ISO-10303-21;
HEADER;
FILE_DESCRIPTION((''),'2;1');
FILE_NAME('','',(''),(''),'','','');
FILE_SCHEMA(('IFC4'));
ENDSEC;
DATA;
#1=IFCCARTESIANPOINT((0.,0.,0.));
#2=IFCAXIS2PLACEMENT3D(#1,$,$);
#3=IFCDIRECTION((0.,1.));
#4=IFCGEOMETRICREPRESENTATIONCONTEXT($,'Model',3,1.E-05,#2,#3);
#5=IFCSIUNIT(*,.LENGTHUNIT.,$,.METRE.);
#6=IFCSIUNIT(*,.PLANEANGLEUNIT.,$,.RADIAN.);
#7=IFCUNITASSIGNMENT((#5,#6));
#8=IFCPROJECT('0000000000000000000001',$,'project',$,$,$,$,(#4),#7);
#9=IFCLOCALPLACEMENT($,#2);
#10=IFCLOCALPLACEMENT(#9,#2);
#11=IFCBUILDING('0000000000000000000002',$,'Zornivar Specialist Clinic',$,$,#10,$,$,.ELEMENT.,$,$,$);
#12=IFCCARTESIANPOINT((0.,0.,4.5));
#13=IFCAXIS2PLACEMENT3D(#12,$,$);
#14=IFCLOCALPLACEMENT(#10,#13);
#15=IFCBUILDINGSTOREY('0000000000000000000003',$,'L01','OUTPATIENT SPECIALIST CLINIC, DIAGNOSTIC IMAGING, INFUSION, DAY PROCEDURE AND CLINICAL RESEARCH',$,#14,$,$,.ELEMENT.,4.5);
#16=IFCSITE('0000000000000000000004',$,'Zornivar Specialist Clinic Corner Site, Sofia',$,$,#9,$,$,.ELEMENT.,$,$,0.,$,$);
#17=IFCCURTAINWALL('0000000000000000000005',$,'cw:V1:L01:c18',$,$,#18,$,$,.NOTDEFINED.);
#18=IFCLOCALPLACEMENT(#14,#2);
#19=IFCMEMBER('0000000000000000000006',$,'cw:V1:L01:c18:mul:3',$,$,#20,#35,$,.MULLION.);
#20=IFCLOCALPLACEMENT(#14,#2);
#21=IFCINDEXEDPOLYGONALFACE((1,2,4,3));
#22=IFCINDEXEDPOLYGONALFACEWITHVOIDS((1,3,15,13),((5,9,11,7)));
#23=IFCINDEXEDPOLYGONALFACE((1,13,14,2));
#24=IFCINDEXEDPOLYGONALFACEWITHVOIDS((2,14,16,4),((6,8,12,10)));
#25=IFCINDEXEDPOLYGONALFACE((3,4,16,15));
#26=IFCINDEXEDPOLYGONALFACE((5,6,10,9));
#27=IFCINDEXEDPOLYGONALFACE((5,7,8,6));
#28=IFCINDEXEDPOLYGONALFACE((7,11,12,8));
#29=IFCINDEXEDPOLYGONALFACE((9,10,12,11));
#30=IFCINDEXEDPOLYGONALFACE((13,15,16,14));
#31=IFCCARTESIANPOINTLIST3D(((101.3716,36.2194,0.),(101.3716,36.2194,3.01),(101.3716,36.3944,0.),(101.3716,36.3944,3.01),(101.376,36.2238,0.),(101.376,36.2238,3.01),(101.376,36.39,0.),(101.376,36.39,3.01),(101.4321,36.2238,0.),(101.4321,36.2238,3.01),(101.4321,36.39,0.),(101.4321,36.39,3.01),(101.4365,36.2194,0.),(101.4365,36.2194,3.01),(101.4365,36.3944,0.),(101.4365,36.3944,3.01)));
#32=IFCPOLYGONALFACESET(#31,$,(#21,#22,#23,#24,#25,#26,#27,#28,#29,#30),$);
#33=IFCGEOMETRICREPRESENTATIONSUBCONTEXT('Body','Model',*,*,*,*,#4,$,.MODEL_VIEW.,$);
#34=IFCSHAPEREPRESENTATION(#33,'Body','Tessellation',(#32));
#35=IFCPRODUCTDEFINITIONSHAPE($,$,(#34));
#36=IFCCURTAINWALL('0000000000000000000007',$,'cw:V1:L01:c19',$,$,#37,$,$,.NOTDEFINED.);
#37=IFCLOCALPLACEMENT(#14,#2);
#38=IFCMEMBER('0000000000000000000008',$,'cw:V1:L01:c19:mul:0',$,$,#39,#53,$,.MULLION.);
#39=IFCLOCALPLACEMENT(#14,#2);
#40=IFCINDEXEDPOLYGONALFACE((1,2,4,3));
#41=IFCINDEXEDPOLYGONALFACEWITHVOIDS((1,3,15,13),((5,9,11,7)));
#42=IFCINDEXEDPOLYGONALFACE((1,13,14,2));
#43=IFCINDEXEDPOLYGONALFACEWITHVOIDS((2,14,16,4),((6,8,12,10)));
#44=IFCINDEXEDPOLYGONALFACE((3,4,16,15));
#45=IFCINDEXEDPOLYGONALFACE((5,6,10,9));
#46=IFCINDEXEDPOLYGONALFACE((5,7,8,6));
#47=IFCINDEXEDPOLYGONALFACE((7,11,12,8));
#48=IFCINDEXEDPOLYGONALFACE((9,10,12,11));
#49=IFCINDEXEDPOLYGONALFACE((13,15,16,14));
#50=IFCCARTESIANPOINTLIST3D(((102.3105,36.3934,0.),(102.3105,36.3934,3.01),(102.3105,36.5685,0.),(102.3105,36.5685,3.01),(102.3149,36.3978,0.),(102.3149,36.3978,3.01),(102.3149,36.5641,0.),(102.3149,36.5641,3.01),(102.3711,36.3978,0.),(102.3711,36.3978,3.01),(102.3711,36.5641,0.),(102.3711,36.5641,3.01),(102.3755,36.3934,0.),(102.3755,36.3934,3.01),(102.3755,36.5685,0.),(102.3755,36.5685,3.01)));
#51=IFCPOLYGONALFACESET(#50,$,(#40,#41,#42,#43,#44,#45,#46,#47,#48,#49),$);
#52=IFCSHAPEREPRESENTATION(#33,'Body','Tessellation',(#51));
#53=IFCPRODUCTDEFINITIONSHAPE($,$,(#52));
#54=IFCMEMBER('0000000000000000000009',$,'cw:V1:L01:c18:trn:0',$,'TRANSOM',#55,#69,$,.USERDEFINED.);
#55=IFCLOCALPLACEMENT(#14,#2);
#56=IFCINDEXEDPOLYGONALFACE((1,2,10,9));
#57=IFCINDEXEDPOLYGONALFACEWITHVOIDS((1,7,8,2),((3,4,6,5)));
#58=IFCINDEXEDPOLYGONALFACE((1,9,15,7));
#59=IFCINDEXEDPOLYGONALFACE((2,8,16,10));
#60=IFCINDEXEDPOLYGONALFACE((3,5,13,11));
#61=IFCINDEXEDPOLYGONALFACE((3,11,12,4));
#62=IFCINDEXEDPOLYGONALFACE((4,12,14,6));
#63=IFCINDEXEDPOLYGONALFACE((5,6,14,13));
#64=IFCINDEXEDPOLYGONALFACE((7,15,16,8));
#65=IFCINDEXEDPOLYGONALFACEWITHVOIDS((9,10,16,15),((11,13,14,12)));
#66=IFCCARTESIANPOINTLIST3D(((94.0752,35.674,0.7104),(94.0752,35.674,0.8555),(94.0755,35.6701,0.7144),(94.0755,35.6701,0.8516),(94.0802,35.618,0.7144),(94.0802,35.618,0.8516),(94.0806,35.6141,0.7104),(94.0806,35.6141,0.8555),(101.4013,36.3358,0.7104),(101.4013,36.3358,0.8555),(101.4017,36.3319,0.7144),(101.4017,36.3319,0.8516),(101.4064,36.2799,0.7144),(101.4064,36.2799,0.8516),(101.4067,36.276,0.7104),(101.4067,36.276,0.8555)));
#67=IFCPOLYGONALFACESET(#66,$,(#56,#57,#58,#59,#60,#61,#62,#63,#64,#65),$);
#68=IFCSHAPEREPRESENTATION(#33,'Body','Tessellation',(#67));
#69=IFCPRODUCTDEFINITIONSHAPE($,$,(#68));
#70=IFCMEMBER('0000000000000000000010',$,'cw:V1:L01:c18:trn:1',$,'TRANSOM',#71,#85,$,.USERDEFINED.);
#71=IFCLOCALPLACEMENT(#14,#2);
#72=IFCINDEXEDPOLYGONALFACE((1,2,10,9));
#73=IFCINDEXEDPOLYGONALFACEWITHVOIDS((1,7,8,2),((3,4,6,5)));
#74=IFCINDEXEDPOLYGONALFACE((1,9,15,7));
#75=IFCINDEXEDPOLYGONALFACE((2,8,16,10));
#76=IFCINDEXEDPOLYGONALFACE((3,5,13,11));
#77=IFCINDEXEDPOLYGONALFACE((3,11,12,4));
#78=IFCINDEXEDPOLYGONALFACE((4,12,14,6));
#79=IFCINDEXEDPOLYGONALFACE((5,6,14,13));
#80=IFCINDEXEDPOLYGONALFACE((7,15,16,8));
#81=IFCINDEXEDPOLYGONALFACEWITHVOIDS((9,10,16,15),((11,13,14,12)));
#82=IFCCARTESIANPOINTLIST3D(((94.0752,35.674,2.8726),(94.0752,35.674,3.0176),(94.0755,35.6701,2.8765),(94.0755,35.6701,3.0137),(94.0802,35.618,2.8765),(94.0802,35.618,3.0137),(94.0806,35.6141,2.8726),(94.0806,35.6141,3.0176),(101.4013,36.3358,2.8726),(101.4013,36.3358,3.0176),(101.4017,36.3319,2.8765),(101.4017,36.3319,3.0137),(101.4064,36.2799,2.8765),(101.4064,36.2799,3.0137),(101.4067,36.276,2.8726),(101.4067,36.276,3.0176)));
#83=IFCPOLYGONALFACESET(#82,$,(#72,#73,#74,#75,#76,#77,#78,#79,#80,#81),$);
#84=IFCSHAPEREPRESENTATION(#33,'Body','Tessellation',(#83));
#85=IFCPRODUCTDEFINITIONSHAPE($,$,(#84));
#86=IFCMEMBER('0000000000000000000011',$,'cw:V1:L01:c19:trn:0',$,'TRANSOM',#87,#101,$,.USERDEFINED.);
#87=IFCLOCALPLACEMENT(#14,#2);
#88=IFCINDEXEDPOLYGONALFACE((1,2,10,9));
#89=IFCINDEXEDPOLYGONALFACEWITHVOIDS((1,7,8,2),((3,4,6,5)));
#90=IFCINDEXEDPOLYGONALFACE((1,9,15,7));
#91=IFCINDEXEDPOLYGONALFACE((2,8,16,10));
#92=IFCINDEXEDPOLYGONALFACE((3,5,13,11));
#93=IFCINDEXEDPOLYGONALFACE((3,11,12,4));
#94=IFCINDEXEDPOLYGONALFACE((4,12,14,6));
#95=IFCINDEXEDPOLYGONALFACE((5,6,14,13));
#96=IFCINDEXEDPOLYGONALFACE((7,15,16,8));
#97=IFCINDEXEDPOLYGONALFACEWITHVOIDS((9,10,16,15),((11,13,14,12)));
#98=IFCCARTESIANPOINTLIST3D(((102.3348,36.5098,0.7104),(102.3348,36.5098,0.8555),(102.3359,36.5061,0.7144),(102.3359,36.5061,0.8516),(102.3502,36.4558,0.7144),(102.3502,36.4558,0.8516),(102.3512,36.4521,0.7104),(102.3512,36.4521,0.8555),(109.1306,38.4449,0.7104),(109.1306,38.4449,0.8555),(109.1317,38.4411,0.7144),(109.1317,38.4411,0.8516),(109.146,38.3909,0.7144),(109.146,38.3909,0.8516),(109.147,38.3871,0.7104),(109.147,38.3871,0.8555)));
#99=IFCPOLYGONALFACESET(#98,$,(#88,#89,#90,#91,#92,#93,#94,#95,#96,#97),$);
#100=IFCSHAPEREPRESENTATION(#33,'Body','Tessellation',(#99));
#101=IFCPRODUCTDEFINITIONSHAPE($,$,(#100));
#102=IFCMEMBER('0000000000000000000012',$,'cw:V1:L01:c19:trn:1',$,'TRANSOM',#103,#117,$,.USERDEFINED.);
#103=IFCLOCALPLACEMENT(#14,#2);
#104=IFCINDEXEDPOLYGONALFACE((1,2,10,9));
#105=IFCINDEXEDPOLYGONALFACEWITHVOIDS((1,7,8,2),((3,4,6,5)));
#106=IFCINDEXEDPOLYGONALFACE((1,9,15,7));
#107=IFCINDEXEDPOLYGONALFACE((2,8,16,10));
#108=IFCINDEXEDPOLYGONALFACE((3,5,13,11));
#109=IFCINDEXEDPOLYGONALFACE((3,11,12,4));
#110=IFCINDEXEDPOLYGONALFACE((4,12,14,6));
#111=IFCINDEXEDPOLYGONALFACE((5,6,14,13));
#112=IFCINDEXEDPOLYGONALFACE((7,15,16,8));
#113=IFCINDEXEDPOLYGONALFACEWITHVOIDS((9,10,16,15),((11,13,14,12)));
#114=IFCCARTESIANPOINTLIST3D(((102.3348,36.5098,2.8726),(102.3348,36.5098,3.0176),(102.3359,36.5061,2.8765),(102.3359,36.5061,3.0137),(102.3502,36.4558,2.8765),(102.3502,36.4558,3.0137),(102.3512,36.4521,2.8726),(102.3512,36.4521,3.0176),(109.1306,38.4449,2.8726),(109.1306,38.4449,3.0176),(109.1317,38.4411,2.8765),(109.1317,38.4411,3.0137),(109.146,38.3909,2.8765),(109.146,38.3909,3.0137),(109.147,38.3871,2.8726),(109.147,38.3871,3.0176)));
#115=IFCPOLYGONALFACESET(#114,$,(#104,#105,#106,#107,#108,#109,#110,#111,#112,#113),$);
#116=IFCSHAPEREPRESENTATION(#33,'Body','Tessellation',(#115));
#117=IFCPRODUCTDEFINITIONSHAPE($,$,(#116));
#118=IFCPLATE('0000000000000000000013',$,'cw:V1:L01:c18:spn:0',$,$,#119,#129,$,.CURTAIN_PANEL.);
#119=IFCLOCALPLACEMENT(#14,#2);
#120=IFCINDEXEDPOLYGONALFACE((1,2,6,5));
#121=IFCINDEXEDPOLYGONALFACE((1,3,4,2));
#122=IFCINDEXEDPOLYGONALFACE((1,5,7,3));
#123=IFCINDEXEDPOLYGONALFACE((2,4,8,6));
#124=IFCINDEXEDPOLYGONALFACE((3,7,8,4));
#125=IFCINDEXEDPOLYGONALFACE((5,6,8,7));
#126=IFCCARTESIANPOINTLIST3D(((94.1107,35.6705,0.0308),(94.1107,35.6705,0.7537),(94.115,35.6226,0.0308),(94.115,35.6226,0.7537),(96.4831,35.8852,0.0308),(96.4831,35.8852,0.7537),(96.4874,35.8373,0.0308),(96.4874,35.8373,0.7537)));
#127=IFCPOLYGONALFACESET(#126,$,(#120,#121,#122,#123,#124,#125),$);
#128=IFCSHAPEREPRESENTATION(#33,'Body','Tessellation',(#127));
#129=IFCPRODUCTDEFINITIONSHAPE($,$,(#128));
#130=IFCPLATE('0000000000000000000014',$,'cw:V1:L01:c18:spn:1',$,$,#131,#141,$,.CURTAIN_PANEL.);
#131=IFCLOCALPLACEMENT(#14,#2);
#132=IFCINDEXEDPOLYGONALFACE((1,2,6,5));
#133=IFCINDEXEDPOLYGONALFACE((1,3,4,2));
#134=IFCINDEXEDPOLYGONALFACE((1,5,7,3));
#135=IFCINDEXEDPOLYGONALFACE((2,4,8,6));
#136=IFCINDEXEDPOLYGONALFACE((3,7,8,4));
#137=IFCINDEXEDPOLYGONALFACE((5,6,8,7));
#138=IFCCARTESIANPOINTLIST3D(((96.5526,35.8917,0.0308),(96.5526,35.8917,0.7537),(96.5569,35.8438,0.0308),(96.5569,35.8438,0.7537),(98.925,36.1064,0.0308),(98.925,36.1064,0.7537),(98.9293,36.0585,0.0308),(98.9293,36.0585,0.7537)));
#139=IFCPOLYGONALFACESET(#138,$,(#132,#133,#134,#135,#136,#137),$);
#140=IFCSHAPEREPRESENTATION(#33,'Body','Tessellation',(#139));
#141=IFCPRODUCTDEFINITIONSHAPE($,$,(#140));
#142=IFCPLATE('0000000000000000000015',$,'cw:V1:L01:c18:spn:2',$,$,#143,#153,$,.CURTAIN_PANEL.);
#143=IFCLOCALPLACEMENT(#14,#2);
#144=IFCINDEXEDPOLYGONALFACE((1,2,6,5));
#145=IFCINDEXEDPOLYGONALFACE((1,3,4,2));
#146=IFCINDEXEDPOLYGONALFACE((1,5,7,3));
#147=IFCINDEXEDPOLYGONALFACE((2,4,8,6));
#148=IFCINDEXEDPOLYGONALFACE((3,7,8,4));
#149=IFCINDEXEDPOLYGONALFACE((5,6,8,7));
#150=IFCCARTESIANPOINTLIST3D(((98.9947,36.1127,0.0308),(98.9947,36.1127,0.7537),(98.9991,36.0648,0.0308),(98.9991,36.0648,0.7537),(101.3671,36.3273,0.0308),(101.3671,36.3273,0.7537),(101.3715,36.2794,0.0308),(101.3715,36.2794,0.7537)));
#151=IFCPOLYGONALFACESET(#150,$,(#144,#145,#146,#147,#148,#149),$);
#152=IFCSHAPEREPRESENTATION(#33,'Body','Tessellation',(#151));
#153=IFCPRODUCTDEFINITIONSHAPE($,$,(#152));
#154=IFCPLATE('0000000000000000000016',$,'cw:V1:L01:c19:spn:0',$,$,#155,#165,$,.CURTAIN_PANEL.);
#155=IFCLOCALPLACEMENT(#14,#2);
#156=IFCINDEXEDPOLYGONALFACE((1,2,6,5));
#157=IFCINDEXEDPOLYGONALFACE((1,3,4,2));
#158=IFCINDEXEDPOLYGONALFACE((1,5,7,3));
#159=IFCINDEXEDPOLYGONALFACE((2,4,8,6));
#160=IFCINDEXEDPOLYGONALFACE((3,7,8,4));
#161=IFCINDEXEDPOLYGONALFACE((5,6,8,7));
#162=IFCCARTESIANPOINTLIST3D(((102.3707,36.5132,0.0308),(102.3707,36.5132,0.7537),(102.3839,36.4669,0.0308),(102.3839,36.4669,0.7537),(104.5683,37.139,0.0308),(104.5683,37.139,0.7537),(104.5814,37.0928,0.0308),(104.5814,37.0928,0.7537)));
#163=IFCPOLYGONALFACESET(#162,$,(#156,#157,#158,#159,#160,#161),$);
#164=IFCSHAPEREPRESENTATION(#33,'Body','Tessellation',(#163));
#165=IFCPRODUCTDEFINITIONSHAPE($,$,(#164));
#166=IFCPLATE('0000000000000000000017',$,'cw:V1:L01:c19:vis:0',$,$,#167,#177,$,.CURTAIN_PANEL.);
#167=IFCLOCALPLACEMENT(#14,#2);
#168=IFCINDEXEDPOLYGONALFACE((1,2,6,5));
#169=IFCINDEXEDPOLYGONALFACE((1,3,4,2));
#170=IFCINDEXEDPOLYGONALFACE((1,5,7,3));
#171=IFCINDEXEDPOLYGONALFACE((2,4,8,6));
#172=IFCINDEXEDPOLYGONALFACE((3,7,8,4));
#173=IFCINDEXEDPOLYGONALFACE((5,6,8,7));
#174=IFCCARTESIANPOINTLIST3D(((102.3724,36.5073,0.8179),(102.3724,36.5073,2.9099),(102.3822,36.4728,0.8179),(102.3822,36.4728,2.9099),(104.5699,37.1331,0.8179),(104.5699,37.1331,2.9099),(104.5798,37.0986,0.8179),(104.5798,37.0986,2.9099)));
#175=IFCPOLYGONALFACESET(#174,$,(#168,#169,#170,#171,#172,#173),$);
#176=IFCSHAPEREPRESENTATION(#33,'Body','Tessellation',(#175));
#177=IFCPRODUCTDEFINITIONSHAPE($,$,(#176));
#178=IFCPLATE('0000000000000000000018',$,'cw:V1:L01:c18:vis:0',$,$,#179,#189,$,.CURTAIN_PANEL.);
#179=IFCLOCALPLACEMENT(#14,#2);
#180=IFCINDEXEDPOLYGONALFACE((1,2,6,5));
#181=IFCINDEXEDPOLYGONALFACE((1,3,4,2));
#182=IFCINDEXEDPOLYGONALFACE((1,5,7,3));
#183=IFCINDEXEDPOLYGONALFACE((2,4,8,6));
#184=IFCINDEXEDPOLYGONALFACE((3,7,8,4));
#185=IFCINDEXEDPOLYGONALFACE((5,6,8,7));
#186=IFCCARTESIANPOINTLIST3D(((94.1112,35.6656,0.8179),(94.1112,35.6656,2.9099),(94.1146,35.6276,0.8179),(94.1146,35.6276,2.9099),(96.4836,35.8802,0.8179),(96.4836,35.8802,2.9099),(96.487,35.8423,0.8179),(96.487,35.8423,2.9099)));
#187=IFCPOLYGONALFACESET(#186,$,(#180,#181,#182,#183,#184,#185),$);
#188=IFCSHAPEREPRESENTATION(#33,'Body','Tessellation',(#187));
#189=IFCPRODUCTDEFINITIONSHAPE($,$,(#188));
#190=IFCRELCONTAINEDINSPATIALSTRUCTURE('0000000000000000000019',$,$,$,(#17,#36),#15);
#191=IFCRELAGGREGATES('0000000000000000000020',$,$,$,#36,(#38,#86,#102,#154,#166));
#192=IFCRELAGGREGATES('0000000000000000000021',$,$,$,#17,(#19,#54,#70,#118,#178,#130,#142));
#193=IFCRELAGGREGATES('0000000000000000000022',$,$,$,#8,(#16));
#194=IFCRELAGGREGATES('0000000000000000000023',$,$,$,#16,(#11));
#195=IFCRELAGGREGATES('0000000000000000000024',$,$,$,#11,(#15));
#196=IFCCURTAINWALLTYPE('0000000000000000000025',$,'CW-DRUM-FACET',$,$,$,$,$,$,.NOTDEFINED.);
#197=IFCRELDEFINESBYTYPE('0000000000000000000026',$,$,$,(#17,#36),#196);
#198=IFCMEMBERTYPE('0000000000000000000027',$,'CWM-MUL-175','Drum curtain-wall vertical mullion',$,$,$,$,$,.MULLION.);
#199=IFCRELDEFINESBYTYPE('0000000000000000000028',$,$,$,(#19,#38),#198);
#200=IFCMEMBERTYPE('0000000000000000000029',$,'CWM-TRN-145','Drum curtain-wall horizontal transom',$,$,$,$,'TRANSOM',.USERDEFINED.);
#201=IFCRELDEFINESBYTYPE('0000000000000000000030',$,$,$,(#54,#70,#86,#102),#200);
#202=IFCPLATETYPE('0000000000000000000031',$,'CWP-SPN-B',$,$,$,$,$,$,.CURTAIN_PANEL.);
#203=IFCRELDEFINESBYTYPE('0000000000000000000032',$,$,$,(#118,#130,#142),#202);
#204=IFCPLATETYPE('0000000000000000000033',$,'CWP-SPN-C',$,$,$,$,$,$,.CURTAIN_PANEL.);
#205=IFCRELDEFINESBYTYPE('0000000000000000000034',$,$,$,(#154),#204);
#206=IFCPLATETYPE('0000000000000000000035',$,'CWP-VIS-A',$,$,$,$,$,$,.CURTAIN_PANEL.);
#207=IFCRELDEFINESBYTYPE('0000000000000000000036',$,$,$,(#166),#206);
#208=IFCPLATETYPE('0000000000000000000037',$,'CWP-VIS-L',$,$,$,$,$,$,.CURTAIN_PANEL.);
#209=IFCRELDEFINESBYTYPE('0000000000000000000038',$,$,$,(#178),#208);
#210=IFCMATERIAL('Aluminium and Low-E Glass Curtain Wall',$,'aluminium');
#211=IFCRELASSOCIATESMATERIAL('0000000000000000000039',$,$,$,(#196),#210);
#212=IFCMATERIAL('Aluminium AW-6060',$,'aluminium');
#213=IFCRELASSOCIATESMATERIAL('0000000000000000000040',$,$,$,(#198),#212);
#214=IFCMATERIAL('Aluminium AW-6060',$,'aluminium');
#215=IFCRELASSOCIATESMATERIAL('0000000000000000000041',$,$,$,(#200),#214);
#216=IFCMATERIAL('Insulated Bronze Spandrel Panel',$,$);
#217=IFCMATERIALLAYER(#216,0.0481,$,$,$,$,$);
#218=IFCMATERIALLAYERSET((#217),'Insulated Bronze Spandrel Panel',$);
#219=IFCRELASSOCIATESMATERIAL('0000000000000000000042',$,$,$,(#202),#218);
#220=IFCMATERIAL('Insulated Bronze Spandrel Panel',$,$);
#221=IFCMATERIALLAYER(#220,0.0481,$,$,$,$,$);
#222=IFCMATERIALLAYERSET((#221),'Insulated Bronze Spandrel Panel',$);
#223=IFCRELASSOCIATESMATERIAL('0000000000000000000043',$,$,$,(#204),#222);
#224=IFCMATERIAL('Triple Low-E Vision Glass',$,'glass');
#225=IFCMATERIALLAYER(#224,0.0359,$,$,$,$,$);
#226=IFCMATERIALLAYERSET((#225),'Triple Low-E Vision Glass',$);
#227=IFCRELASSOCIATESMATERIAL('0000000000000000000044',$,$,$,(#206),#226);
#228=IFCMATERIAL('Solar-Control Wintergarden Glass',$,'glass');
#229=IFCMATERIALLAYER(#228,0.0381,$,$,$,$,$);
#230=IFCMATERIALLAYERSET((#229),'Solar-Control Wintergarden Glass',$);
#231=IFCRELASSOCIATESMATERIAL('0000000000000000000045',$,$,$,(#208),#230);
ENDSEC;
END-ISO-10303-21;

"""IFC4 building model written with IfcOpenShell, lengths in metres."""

from ifc_helpers import new_model, si_unit, direction, frame, origin, origin_2d, place, context, subcontext, project, spatial, rectangle, hollow_rectangle, extrude, material, layer, layer_set, material_profile, profile_set, type_object, element, aggregate, save


model = new_model("IFC4")

# Units and contexts
model_context = context("Model", 3, precision=1e-05, world=origin(), true_north=direction((0.0, 1.0)))
body_context = subcontext(model_context, "Body", "Model", "MODEL_VIEW")
ifc_project = project(units=[si_unit("LENGTHUNIT", "METRE"), si_unit("PLANEANGLEUNIT", "RADIAN")], contexts=[model_context])

# Site, building, storey
site_placement = place(None, origin())
site = spatial("IfcSite", under=ifc_project, at=site_placement, Name="Zornivar Specialist Clinic Corner Site, Sofia", CompositionType="ELEMENT", RefElevation=0.0)
building_placement = place(site_placement, origin())
building = spatial("IfcBuilding", under=site, at=building_placement, Name="Zornivar Specialist Clinic", CompositionType="ELEMENT")
storey_placement = place(building_placement, frame((0.0, 0.0, 4.5)))
storey = spatial("IfcBuildingStorey", under=building, at=storey_placement, Name="L01", Description="OUTPATIENT SPECIALIST CLINIC, DIAGNOSTIC IMAGING, INFUSION, DAY PROCEDURE AND CLINICAL RESEARCH", CompositionType="ELEMENT", Elevation=4.5)

# Curtain wall, member
ifc_material_1 = material(Name="Aluminium and Low-E Glass Curtain Wall", Category="aluminium")
curtain_wall_type = type_object("IfcCurtainWallType", Name="CW-DRUM-FACET", PredefinedType="NOTDEFINED", material=ifc_material_1)
curtain_wall_1_placement = place(storey_placement, origin())
curtain_wall_1 = element("IfcCurtainWall", 1, at=curtain_wall_1_placement, inside=storey, type_object=curtain_wall_type, Name="cw:V1:L01:c18", PredefinedType="NOTDEFINED")
ifc_material_2 = material(Name="Aluminium AW-6060", Category="aluminium")
ifc_material_profile_1 = material_profile(ifc_material_2, hollow_rectangle(XDim=0.0649, YDim=0.175, WallThickness=0.0044, at=origin_2d()), Name="ALU 65x175x4.5")
ifc_profile_set_1 = profile_set([ifc_material_profile_1], Name="Aluminium AW-6060")
member_type_1 = type_object("IfcMemberType", Name="CWM-MUL-175", Description="Drum curtain-wall vertical mullion", PredefinedType="MULLION", material=ifc_profile_set_1)
member_1_placement = place(storey_placement, frame((101.4041, 36.3069, 0.0), z_axis=(0.0, 0.0, 1.0), x_axis=(1.0, 0.0, 0.0)))
member_1 = element("IfcMember", 2, at=member_1_placement, type_object=member_type_1, Name="cw:V1:L01:c18:mul:3", PredefinedType="MULLION", context=body_context, shape_type="SweptSolid", body=[
    extrude(hollow_rectangle(XDim=0.0649, YDim=0.175, WallThickness=0.0044, at=origin_2d()), origin(), (0.0, 0.0, 1.0), 3.01),
])

# Curtain wall, member
curtain_wall_2_placement = place(storey_placement, origin())
curtain_wall_2 = element("IfcCurtainWall", 3, at=curtain_wall_2_placement, inside=storey, type_object=curtain_wall_type, Name="cw:V1:L01:c19", PredefinedType="NOTDEFINED")
member_2_placement = place(storey_placement, frame((102.343, 36.481, 0.0), z_axis=(0.0, 0.0, 1.0), x_axis=(1.0, 0.0, 0.0)))
member_2 = element("IfcMember", 4, at=member_2_placement, type_object=member_type_1, Name="cw:V1:L01:c19:mul:0", PredefinedType="MULLION", context=body_context, shape_type="SweptSolid", body=[
    extrude(hollow_rectangle(XDim=0.0649, YDim=0.175, WallThickness=0.0044, at=origin_2d()), origin(), (0.0, 0.0, 1.0), 3.01),
])

# Members
ifc_material_3 = material(Name="Aluminium AW-6060", Category="aluminium")
ifc_material_profile_2 = material_profile(ifc_material_3, hollow_rectangle(XDim=0.0601, YDim=0.145, WallThickness=0.0039, at=origin_2d()), Name="ALU 60x145x4")
ifc_profile_set_2 = profile_set([ifc_material_profile_2], Name="Aluminium AW-6060")
member_type_2 = type_object("IfcMemberType", Name="CWM-TRN-145", Description="Drum curtain-wall horizontal transom", ElementType="TRANSOM", PredefinedType="USERDEFINED", material=ifc_profile_set_2)
member_3_placement = place(storey_placement, frame((94.0779, 35.644, 0.783), z_axis=(0.995944, 0.089976, 0.0), x_axis=(-0.089976, 0.995944, 0.0)))
member_3 = element("IfcMember", 5, at=member_3_placement, type_object=member_type_2, Name="cw:V1:L01:c18:trn:0", ObjectType="TRANSOM", PredefinedType="USERDEFINED", context=body_context, shape_type="SweptSolid", body=[
    extrude(hollow_rectangle(XDim=0.0601, YDim=0.145, WallThickness=0.0039, at=origin_2d()), origin(), (0.0, 0.0, 1.0), 7.356),
])
member_4_placement = place(storey_placement, frame((94.0779, 35.644, 2.9451), z_axis=(0.995944, 0.089976, 0.0), x_axis=(-0.089976, 0.995944, 0.0)))
member_4 = element("IfcMember", 6, at=member_4_placement, type_object=member_type_2, Name="cw:V1:L01:c18:trn:1", ObjectType="TRANSOM", PredefinedType="USERDEFINED", context=body_context, shape_type="SweptSolid", body=[
    extrude(hollow_rectangle(XDim=0.0601, YDim=0.145, WallThickness=0.0039, at=origin_2d()), origin(), (0.0, 0.0, 1.0), 7.356),
])
member_5_placement = place(storey_placement, frame((102.343, 36.481, 0.783), z_axis=(0.961771, 0.273854, 0.0), x_axis=(-0.273854, 0.961771, 0.0)))
member_5 = element("IfcMember", 7, at=member_5_placement, type_object=member_type_2, Name="cw:V1:L01:c19:trn:0", ObjectType="TRANSOM", PredefinedType="USERDEFINED", context=body_context, shape_type="SweptSolid", body=[
    extrude(hollow_rectangle(XDim=0.0601, YDim=0.145, WallThickness=0.0039, at=origin_2d()), origin(), (0.0, 0.0, 1.0), 7.0659),
])
member_6_placement = place(storey_placement, frame((102.343, 36.481, 2.9451), z_axis=(0.961771, 0.273854, 0.0), x_axis=(-0.273854, 0.961771, 0.0)))
member_6 = element("IfcMember", 8, at=member_6_placement, type_object=member_type_2, Name="cw:V1:L01:c19:trn:1", ObjectType="TRANSOM", PredefinedType="USERDEFINED", context=body_context, shape_type="SweptSolid", body=[
    extrude(hollow_rectangle(XDim=0.0601, YDim=0.145, WallThickness=0.0039, at=origin_2d()), origin(), (0.0, 0.0, 1.0), 7.0659),
])

# Plates
ifc_material_4 = material(Name="Insulated Bronze Spandrel Panel")
ifc_layer_1 = layer(ifc_material_4, 0.0481)
ifc_layer_set_1 = layer_set([ifc_layer_1], Name="Insulated Bronze Spandrel Panel")
plate_type_1 = type_object("IfcPlateType", Name="CWP-SPN-B", PredefinedType="CURTAIN_PANEL", material=ifc_layer_set_1)
plate_1_placement = place(storey_placement, frame((95.2991, 35.7539, 0.0308), z_axis=(0.0, 0.0, 1.0), x_axis=(0.995933, 0.090099, 0.0)))
plate_1 = element("IfcPlate", 9, at=plate_1_placement, type_object=plate_type_1, Name="cw:V1:L01:c18:spn:0", PredefinedType="CURTAIN_PANEL", context=body_context, shape_type="SweptSolid", body=[
    extrude(rectangle(XDim=2.3821, YDim=0.0481, at=origin_2d()), origin(), (0.0, 0.0, 1.0), 0.7229),
])
plate_2_placement = place(storey_placement, frame((97.741, 35.9751, 0.0308), z_axis=(0.0, 0.0, 1.0), x_axis=(0.995933, 0.090099, 0.0)))
plate_2 = element("IfcPlate", 10, at=plate_2_placement, type_object=plate_type_1, Name="cw:V1:L01:c18:spn:1", PredefinedType="CURTAIN_PANEL", context=body_context, shape_type="SweptSolid", body=[
    extrude(rectangle(XDim=2.3821, YDim=0.0481, at=origin_2d()), origin(), (0.0, 0.0, 1.0), 0.7229),
])
plate_3_placement = place(storey_placement, frame((100.1831, 36.196, 0.0308), z_axis=(0.0, 0.0, 1.0), x_axis=(0.995933, 0.090099, 0.0)))
plate_3 = element("IfcPlate", 11, at=plate_3_placement, type_object=plate_type_1, Name="cw:V1:L01:c18:spn:2", PredefinedType="CURTAIN_PANEL", context=body_context, shape_type="SweptSolid", body=[
    extrude(rectangle(XDim=2.3821, YDim=0.0481, at=origin_2d()), origin(), (0.0, 0.0, 1.0), 0.7229),
])
ifc_material_5 = material(Name="Insulated Bronze Spandrel Panel")
ifc_layer_2 = layer(ifc_material_5, 0.0481)
ifc_layer_set_2 = layer_set([ifc_layer_2], Name="Insulated Bronze Spandrel Panel")
plate_type_2 = type_object("IfcPlateType", Name="CWP-SPN-C", PredefinedType="CURTAIN_PANEL", material=ifc_layer_set_2)
plate_4_placement = place(storey_placement, frame((103.4761, 36.803, 0.0308), z_axis=(0.0, 0.0, 1.0), x_axis=(0.961761, 0.273889, 0.0)))
plate_4 = element("IfcPlate", 12, at=plate_4_placement, type_object=plate_type_2, Name="cw:V1:L01:c19:spn:0", PredefinedType="CURTAIN_PANEL", context=body_context, shape_type="SweptSolid", body=[
    extrude(rectangle(XDim=2.2849, YDim=0.0481, at=origin_2d()), origin(), (0.0, 0.0, 1.0), 0.7229),
])
ifc_material_6 = material(Name="Triple Low-E Vision Glass", Category="glass")
ifc_layer_3 = layer(ifc_material_6, 0.0359)
ifc_layer_set_3 = layer_set([ifc_layer_3], Name="Triple Low-E Vision Glass")
plate_type_3 = type_object("IfcPlateType", Name="CWP-VIS-A", PredefinedType="CURTAIN_PANEL", material=ifc_layer_set_3)
plate_5_placement = place(storey_placement, frame((103.4761, 36.803, 0.8179), z_axis=(0.0, 0.0, 1.0), x_axis=(0.961761, 0.273889, 0.0)))
plate_5 = element("IfcPlate", 13, at=plate_5_placement, type_object=plate_type_3, Name="cw:V1:L01:c19:vis:0", PredefinedType="CURTAIN_PANEL", context=body_context, shape_type="SweptSolid", body=[
    extrude(rectangle(XDim=2.2849, YDim=0.0359, at=origin_2d()), origin(), (0.0, 0.0, 1.0), 2.092),
])
aggregate(curtain_wall_2, [member_2, member_5, member_6, plate_4, plate_5])
ifc_material_7 = material(Name="Solar-Control Wintergarden Glass", Category="glass")
ifc_layer_4 = layer(ifc_material_7, 0.0381)
ifc_layer_set_4 = layer_set([ifc_layer_4], Name="Solar-Control Wintergarden Glass")
plate_type_4 = type_object("IfcPlateType", Name="CWP-VIS-L", PredefinedType="CURTAIN_PANEL", material=ifc_layer_set_4)
plate_6_placement = place(storey_placement, frame((95.2991, 35.7539, 0.8179), z_axis=(0.0, 0.0, 1.0), x_axis=(0.995933, 0.090099, 0.0)))
plate_6 = element("IfcPlate", 14, at=plate_6_placement, type_object=plate_type_4, Name="cw:V1:L01:c18:vis:0", PredefinedType="CURTAIN_PANEL", context=body_context, shape_type="SweptSolid", body=[
    extrude(rectangle(XDim=2.3821, YDim=0.0381, at=origin_2d()), origin(), (0.0, 0.0, 1.0), 2.092),
])
aggregate(curtain_wall_1, [member_1, member_3, member_4, plate_1, plate_6, plate_2, plate_3])

save(model, "model.ifc")
